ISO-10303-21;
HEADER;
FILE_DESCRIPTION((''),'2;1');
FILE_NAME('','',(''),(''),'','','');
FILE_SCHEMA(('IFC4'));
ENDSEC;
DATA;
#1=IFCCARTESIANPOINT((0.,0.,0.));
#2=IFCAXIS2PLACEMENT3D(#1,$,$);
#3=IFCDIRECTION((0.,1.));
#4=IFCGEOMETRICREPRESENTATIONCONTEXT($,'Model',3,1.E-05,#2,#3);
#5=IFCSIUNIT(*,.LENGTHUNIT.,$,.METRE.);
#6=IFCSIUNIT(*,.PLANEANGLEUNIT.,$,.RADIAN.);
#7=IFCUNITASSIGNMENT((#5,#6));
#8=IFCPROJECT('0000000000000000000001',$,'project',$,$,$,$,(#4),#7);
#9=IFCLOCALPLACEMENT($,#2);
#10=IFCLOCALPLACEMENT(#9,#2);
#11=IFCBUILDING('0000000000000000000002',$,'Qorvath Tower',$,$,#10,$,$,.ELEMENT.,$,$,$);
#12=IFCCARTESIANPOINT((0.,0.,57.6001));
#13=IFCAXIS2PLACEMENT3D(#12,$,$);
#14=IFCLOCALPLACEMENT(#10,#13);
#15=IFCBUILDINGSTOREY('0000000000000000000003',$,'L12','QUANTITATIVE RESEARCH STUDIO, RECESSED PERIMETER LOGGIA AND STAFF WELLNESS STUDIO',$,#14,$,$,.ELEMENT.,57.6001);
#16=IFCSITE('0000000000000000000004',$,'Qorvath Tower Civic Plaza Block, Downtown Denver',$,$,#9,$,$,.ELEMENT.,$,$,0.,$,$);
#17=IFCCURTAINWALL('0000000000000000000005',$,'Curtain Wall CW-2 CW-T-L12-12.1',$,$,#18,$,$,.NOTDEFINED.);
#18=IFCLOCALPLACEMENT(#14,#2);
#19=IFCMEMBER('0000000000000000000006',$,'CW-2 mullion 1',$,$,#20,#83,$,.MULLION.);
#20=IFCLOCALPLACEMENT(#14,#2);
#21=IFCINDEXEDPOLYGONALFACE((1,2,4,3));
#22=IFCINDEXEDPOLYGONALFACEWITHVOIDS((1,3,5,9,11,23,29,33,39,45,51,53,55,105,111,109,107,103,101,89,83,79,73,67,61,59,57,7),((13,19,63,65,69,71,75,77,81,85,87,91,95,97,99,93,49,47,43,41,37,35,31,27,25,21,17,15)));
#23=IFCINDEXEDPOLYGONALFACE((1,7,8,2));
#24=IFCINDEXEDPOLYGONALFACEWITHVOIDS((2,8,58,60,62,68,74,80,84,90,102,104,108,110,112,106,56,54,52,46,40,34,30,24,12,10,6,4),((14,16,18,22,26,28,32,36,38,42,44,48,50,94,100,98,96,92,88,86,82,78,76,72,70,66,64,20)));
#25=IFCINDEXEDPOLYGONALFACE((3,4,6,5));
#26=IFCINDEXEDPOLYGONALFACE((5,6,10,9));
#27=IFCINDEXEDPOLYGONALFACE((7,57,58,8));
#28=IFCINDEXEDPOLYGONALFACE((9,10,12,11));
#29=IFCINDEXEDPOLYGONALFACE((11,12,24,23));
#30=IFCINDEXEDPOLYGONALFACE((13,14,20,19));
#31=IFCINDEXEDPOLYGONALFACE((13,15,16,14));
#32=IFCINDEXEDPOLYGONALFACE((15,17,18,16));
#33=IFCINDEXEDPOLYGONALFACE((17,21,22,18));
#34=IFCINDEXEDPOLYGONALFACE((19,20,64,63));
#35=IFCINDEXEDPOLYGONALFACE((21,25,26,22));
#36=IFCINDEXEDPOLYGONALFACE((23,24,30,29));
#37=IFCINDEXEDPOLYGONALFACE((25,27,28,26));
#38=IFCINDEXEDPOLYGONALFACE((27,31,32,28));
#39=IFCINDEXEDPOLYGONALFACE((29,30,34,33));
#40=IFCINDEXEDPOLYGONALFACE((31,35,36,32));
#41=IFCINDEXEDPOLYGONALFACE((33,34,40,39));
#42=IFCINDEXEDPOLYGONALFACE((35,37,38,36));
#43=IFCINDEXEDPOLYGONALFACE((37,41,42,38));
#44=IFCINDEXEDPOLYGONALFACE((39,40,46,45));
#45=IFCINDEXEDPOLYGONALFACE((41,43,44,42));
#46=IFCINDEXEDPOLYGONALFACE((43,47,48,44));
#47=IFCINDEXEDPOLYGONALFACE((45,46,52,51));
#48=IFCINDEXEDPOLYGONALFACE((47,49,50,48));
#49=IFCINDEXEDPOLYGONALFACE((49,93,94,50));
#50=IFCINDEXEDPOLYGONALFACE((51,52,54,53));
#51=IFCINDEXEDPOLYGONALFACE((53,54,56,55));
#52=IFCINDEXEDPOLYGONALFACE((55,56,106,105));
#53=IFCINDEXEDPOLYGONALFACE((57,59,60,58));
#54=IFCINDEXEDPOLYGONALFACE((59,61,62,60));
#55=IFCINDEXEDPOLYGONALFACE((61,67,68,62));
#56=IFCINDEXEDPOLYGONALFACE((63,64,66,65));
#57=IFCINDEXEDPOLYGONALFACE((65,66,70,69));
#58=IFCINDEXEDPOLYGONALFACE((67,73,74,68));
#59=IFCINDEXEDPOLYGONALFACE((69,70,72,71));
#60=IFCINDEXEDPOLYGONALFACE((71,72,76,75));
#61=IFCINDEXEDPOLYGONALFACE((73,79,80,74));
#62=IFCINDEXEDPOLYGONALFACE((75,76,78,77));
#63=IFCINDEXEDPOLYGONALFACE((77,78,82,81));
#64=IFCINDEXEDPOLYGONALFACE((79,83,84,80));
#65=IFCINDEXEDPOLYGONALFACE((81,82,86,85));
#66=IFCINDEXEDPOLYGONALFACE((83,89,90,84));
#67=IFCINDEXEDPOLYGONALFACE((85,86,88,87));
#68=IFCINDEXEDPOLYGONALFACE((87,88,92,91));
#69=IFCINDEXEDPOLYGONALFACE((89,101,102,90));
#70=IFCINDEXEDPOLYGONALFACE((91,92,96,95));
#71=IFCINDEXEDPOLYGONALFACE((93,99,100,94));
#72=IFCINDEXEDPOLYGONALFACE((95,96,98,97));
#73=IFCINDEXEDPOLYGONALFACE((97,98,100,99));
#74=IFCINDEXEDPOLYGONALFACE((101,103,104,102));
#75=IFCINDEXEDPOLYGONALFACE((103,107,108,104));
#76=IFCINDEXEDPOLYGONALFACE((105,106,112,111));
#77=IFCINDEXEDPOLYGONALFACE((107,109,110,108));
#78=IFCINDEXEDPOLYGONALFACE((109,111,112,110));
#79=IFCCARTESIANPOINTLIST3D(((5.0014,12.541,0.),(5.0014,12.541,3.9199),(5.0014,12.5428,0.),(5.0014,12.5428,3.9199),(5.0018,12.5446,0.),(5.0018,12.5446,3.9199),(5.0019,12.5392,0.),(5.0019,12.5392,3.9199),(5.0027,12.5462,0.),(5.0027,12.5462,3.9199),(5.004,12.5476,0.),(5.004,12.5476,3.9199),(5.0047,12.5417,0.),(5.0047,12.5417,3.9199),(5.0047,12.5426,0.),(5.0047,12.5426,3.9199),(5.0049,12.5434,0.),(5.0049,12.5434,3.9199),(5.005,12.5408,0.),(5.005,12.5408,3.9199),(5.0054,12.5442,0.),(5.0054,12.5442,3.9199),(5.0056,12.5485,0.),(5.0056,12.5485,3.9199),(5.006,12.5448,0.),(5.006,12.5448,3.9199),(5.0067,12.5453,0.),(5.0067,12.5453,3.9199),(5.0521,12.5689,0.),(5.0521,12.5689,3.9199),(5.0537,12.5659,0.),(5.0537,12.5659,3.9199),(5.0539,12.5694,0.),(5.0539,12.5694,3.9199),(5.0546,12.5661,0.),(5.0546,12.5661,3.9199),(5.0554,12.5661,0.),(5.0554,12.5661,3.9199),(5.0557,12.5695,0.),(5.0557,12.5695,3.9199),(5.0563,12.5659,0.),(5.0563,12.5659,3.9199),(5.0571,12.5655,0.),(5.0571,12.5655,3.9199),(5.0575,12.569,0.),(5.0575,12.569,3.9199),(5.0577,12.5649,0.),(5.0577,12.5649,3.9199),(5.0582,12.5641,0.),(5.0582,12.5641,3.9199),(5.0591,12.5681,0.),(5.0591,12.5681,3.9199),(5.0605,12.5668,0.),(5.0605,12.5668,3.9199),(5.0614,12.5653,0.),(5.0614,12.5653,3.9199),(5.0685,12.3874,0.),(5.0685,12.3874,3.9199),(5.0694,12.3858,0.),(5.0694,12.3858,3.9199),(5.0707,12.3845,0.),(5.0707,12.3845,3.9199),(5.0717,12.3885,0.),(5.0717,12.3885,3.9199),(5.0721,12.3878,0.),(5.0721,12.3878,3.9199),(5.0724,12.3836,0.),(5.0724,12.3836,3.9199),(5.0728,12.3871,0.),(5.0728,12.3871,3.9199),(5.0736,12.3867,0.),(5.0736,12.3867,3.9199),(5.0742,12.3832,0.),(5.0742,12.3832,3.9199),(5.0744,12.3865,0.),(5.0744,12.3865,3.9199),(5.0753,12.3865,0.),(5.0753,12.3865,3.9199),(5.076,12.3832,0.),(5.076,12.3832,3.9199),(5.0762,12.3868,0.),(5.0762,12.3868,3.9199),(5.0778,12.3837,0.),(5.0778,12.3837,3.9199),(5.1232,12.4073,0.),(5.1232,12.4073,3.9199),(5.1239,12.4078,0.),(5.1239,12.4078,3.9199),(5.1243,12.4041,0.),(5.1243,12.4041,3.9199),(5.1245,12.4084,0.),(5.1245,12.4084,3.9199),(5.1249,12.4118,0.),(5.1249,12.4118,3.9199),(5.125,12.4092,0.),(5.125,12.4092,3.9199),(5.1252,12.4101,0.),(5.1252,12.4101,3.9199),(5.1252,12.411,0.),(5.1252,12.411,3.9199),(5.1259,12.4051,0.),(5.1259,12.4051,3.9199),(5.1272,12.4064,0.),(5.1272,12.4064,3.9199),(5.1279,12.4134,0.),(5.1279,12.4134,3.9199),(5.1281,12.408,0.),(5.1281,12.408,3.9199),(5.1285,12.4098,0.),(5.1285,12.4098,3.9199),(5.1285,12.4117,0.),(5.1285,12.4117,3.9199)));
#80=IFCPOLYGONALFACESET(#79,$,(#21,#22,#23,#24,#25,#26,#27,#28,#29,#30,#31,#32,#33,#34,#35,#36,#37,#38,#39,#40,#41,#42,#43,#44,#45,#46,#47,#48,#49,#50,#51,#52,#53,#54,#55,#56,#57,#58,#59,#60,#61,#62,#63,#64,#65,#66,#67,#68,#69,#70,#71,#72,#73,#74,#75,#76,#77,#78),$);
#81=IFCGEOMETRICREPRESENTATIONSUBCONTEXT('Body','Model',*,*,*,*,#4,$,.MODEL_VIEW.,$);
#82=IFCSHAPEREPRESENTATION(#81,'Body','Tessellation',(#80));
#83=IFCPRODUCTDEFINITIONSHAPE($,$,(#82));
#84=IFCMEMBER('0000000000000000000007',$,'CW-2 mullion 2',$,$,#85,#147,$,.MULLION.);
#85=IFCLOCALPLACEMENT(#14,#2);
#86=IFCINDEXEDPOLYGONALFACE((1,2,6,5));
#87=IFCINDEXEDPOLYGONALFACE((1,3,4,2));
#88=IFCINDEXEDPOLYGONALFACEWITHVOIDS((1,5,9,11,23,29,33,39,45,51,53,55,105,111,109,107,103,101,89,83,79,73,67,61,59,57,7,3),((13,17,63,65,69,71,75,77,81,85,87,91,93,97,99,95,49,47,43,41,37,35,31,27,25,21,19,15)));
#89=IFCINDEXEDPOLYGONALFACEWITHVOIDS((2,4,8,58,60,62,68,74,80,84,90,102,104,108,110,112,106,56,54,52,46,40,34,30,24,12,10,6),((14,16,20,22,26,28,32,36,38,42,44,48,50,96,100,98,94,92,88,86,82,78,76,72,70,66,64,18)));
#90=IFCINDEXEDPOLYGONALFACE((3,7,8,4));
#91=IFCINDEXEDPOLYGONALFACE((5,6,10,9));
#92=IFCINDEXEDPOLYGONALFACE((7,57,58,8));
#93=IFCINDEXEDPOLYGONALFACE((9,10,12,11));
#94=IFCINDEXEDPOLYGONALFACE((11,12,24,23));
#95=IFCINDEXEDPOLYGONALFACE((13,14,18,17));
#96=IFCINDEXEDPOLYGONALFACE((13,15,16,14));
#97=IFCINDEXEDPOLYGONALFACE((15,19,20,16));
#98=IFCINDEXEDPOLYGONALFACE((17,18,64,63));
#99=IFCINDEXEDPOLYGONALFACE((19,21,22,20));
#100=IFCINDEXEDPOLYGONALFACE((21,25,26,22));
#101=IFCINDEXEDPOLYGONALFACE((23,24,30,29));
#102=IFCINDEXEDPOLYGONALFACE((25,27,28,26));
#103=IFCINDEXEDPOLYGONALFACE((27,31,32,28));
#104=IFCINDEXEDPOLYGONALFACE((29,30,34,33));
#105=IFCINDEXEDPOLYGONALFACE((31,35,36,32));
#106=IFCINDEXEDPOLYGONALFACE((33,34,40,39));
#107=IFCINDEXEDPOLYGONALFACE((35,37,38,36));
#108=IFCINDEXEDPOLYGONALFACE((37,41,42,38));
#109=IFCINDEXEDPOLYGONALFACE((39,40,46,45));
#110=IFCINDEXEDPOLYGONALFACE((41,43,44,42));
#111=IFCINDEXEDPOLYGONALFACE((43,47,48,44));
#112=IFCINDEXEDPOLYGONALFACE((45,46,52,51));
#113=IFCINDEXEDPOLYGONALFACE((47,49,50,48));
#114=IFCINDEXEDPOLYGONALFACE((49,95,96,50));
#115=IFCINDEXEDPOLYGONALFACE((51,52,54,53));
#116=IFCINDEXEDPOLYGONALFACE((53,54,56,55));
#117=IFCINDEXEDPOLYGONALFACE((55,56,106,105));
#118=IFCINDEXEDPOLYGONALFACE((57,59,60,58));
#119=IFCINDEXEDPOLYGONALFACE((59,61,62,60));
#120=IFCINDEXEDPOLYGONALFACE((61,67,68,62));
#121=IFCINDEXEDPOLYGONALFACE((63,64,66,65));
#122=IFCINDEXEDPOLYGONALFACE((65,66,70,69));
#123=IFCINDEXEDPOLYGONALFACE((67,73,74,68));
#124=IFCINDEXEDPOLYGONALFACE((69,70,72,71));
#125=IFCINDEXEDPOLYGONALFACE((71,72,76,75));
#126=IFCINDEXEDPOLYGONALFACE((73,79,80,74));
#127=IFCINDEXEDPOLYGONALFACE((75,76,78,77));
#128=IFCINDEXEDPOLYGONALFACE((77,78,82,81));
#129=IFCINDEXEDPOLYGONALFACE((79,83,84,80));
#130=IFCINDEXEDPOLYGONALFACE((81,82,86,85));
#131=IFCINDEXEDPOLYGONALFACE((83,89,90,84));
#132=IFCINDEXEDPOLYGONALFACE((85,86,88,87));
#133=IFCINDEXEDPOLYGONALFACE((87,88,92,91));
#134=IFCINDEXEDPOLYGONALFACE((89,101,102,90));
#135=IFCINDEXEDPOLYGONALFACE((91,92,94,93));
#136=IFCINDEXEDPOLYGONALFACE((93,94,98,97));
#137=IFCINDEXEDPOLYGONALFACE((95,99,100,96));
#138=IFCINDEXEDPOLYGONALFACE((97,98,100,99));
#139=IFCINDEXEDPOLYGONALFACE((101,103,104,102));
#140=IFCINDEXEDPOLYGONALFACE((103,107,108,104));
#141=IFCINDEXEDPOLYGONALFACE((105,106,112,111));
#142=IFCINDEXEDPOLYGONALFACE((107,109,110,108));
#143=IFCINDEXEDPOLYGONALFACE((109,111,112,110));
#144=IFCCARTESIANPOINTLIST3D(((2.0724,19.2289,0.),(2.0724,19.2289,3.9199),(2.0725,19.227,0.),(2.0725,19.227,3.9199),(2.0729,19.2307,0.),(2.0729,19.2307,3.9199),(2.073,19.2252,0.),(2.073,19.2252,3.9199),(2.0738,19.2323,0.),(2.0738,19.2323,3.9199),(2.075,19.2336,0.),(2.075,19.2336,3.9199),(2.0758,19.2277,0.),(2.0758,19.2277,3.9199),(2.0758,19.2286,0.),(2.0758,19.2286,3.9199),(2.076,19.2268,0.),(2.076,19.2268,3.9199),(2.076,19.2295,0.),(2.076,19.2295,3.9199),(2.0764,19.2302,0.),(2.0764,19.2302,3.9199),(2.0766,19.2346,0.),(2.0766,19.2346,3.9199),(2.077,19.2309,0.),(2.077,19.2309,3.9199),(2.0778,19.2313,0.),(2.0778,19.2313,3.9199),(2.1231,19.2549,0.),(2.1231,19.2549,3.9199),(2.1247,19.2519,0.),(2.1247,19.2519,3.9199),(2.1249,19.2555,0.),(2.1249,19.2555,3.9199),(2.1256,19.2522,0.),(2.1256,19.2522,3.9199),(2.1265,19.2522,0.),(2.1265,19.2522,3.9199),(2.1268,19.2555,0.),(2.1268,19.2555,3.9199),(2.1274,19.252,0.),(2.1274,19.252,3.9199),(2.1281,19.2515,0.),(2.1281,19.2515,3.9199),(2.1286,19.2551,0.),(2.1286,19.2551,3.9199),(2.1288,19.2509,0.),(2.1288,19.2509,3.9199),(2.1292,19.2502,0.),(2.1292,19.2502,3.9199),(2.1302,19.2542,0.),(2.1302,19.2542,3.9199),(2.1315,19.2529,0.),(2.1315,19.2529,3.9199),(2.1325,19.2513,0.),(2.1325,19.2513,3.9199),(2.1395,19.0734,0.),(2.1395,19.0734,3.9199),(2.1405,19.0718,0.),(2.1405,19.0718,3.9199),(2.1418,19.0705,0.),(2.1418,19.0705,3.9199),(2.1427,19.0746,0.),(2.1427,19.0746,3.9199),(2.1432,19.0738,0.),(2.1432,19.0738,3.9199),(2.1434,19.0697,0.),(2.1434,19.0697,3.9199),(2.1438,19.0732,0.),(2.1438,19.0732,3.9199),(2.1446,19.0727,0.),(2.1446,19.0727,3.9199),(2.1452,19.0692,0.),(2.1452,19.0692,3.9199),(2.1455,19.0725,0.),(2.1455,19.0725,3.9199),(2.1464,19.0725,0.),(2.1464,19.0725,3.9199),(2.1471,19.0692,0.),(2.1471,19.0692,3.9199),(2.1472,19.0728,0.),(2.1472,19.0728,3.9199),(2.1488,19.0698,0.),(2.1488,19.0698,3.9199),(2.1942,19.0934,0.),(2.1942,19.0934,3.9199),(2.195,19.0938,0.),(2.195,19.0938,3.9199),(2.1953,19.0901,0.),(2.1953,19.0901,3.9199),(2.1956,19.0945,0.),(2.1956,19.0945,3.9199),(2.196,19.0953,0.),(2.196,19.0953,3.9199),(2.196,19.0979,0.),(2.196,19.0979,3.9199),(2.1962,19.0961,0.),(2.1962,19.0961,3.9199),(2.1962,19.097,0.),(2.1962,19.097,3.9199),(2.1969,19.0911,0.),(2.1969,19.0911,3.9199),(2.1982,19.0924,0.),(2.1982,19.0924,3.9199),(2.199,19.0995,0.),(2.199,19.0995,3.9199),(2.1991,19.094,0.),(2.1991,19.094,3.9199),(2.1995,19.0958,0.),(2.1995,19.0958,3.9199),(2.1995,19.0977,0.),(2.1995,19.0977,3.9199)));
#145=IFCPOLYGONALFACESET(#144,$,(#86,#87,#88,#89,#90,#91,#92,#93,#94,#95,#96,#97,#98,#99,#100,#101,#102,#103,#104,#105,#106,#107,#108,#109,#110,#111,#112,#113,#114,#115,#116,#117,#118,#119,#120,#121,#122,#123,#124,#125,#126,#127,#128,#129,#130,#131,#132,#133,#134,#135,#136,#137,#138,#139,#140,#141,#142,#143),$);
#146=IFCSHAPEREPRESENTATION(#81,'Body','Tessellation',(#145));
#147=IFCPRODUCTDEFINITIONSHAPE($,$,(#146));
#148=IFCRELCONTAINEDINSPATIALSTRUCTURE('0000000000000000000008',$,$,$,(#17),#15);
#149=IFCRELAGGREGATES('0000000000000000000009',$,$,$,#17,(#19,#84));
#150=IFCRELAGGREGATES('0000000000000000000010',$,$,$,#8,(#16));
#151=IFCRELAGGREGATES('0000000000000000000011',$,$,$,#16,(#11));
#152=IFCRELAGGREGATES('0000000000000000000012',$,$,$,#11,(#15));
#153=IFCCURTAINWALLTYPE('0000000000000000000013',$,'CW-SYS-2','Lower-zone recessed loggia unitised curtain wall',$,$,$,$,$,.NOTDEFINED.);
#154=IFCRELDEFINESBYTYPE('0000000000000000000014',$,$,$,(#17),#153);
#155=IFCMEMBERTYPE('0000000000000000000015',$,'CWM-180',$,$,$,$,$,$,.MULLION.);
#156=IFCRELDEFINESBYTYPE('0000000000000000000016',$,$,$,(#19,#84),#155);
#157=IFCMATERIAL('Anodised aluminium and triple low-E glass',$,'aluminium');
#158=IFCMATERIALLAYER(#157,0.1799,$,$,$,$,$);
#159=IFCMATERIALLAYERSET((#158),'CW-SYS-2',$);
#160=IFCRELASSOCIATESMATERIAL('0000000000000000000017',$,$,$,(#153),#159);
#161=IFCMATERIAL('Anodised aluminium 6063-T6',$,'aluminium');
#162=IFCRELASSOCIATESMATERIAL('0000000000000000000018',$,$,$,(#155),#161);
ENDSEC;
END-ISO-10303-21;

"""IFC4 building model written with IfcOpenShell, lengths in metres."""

from ifc_helpers import new_model, si_unit, direction, frame, origin, origin_2d, place, context, subcontext, project, spatial, hollow_rectangle, extrude, material, layer, layer_set, material_profile, profile_set, type_object, element, aggregate, save


model = new_model("IFC4")

# Units and contexts
model_context = context("Model", 3, precision=1e-05, world=origin(), true_north=direction((0.0, 1.0)))
body_context = subcontext(model_context, "Body", "Model", "MODEL_VIEW")
ifc_project = project(units=[si_unit("LENGTHUNIT", "METRE"), si_unit("PLANEANGLEUNIT", "RADIAN")], contexts=[model_context])

# Site, building, storey
site_placement = place(None, origin())
site = spatial("IfcSite", under=ifc_project, at=site_placement, Name="Qorvath Tower Civic Plaza Block, Downtown Denver", CompositionType="ELEMENT", RefElevation=0.0)
building_placement = place(site_placement, origin())
building = spatial("IfcBuilding", under=site, at=building_placement, Name="Qorvath Tower", CompositionType="ELEMENT")
storey_placement = place(building_placement, frame((0.0, 0.0, 57.6001)))
storey = spatial("IfcBuildingStorey", under=building, at=storey_placement, Name="L12", Description="QUANTITATIVE RESEARCH STUDIO, RECESSED PERIMETER LOGGIA AND STAFF WELLNESS STUDIO", CompositionType="ELEMENT", Elevation=57.6001)

# Shared definitions
ifc_material_1 = material(Name="Anodised aluminium and triple low-E glass", Category="aluminium")
ifc_layer_1 = layer(ifc_material_1, 0.1799)
ifc_layer_set_1 = layer_set([ifc_layer_1], Name="CW-SYS-2")
curtain_wall_type = type_object("IfcCurtainWallType", Name="CW-SYS-2", Description="Lower-zone recessed loggia unitised curtain wall", PredefinedType="NOTDEFINED", material=ifc_layer_set_1)
ifc_material_2 = material(Name="Anodised aluminium 6063-T6", Category="aluminium")
ifc_material_profile_1 = material_profile(ifc_material_2, hollow_rectangle(XDim=0.0649, YDim=0.1799, WallThickness=0.0034, InnerFilletRadius=0.0034, OuterFilletRadius=0.0071, at=origin_2d()), Name="CWM 180x65")
ifc_profile_set_1 = profile_set([ifc_material_profile_1], Name="Anodised aluminium 6063-T6")
member_type_1 = type_object("IfcMemberType", Name="CWM-180", PredefinedType="MULLION", material=ifc_profile_set_1)

# Curtain wall, members
curtain_wall_1_placement = place(storey_placement, origin())
curtain_wall_1 = element("IfcCurtainWall", 1, at=curtain_wall_1_placement, inside=storey, type_object=curtain_wall_type, Name="Curtain Wall CW-2 CW-T-L12-12.1", PredefinedType="NOTDEFINED")
member_1_placement = place(storey_placement, frame((5.0649, 12.4763, 0.0), z_axis=(0.0, 0.0, 1.0), x_axis=(-0.915963, -0.401263, 0.0)))
member_1 = element("IfcMember", 2, at=member_1_placement, type_object=member_type_1, Name="CW-2 mullion 1", PredefinedType="MULLION", context=body_context, shape_type="SweptSolid", body=[
    extrude(hollow_rectangle(XDim=0.0649, YDim=0.1799, WallThickness=0.0034, InnerFilletRadius=0.0034, OuterFilletRadius=0.0071, at=origin_2d()), origin(), (0.0, 0.0, 1.0), 3.9199),
])
member_2_placement = place(storey_placement, frame((2.136, 19.1624, 0.0), z_axis=(0.0, 0.0, 1.0), x_axis=(-0.915963, -0.401263, 0.0)))
member_2 = element("IfcMember", 3, at=member_2_placement, type_object=member_type_1, Name="CW-2 mullion 2", PredefinedType="MULLION", context=body_context, shape_type="SweptSolid", body=[
    extrude(hollow_rectangle(XDim=0.0649, YDim=0.1799, WallThickness=0.0034, InnerFilletRadius=0.0034, OuterFilletRadius=0.0071, at=origin_2d()), origin(), (0.0, 0.0, 1.0), 3.9199),
])

aggregate(curtain_wall_1, [member_1, member_2])

save(model, "model.ifc")
